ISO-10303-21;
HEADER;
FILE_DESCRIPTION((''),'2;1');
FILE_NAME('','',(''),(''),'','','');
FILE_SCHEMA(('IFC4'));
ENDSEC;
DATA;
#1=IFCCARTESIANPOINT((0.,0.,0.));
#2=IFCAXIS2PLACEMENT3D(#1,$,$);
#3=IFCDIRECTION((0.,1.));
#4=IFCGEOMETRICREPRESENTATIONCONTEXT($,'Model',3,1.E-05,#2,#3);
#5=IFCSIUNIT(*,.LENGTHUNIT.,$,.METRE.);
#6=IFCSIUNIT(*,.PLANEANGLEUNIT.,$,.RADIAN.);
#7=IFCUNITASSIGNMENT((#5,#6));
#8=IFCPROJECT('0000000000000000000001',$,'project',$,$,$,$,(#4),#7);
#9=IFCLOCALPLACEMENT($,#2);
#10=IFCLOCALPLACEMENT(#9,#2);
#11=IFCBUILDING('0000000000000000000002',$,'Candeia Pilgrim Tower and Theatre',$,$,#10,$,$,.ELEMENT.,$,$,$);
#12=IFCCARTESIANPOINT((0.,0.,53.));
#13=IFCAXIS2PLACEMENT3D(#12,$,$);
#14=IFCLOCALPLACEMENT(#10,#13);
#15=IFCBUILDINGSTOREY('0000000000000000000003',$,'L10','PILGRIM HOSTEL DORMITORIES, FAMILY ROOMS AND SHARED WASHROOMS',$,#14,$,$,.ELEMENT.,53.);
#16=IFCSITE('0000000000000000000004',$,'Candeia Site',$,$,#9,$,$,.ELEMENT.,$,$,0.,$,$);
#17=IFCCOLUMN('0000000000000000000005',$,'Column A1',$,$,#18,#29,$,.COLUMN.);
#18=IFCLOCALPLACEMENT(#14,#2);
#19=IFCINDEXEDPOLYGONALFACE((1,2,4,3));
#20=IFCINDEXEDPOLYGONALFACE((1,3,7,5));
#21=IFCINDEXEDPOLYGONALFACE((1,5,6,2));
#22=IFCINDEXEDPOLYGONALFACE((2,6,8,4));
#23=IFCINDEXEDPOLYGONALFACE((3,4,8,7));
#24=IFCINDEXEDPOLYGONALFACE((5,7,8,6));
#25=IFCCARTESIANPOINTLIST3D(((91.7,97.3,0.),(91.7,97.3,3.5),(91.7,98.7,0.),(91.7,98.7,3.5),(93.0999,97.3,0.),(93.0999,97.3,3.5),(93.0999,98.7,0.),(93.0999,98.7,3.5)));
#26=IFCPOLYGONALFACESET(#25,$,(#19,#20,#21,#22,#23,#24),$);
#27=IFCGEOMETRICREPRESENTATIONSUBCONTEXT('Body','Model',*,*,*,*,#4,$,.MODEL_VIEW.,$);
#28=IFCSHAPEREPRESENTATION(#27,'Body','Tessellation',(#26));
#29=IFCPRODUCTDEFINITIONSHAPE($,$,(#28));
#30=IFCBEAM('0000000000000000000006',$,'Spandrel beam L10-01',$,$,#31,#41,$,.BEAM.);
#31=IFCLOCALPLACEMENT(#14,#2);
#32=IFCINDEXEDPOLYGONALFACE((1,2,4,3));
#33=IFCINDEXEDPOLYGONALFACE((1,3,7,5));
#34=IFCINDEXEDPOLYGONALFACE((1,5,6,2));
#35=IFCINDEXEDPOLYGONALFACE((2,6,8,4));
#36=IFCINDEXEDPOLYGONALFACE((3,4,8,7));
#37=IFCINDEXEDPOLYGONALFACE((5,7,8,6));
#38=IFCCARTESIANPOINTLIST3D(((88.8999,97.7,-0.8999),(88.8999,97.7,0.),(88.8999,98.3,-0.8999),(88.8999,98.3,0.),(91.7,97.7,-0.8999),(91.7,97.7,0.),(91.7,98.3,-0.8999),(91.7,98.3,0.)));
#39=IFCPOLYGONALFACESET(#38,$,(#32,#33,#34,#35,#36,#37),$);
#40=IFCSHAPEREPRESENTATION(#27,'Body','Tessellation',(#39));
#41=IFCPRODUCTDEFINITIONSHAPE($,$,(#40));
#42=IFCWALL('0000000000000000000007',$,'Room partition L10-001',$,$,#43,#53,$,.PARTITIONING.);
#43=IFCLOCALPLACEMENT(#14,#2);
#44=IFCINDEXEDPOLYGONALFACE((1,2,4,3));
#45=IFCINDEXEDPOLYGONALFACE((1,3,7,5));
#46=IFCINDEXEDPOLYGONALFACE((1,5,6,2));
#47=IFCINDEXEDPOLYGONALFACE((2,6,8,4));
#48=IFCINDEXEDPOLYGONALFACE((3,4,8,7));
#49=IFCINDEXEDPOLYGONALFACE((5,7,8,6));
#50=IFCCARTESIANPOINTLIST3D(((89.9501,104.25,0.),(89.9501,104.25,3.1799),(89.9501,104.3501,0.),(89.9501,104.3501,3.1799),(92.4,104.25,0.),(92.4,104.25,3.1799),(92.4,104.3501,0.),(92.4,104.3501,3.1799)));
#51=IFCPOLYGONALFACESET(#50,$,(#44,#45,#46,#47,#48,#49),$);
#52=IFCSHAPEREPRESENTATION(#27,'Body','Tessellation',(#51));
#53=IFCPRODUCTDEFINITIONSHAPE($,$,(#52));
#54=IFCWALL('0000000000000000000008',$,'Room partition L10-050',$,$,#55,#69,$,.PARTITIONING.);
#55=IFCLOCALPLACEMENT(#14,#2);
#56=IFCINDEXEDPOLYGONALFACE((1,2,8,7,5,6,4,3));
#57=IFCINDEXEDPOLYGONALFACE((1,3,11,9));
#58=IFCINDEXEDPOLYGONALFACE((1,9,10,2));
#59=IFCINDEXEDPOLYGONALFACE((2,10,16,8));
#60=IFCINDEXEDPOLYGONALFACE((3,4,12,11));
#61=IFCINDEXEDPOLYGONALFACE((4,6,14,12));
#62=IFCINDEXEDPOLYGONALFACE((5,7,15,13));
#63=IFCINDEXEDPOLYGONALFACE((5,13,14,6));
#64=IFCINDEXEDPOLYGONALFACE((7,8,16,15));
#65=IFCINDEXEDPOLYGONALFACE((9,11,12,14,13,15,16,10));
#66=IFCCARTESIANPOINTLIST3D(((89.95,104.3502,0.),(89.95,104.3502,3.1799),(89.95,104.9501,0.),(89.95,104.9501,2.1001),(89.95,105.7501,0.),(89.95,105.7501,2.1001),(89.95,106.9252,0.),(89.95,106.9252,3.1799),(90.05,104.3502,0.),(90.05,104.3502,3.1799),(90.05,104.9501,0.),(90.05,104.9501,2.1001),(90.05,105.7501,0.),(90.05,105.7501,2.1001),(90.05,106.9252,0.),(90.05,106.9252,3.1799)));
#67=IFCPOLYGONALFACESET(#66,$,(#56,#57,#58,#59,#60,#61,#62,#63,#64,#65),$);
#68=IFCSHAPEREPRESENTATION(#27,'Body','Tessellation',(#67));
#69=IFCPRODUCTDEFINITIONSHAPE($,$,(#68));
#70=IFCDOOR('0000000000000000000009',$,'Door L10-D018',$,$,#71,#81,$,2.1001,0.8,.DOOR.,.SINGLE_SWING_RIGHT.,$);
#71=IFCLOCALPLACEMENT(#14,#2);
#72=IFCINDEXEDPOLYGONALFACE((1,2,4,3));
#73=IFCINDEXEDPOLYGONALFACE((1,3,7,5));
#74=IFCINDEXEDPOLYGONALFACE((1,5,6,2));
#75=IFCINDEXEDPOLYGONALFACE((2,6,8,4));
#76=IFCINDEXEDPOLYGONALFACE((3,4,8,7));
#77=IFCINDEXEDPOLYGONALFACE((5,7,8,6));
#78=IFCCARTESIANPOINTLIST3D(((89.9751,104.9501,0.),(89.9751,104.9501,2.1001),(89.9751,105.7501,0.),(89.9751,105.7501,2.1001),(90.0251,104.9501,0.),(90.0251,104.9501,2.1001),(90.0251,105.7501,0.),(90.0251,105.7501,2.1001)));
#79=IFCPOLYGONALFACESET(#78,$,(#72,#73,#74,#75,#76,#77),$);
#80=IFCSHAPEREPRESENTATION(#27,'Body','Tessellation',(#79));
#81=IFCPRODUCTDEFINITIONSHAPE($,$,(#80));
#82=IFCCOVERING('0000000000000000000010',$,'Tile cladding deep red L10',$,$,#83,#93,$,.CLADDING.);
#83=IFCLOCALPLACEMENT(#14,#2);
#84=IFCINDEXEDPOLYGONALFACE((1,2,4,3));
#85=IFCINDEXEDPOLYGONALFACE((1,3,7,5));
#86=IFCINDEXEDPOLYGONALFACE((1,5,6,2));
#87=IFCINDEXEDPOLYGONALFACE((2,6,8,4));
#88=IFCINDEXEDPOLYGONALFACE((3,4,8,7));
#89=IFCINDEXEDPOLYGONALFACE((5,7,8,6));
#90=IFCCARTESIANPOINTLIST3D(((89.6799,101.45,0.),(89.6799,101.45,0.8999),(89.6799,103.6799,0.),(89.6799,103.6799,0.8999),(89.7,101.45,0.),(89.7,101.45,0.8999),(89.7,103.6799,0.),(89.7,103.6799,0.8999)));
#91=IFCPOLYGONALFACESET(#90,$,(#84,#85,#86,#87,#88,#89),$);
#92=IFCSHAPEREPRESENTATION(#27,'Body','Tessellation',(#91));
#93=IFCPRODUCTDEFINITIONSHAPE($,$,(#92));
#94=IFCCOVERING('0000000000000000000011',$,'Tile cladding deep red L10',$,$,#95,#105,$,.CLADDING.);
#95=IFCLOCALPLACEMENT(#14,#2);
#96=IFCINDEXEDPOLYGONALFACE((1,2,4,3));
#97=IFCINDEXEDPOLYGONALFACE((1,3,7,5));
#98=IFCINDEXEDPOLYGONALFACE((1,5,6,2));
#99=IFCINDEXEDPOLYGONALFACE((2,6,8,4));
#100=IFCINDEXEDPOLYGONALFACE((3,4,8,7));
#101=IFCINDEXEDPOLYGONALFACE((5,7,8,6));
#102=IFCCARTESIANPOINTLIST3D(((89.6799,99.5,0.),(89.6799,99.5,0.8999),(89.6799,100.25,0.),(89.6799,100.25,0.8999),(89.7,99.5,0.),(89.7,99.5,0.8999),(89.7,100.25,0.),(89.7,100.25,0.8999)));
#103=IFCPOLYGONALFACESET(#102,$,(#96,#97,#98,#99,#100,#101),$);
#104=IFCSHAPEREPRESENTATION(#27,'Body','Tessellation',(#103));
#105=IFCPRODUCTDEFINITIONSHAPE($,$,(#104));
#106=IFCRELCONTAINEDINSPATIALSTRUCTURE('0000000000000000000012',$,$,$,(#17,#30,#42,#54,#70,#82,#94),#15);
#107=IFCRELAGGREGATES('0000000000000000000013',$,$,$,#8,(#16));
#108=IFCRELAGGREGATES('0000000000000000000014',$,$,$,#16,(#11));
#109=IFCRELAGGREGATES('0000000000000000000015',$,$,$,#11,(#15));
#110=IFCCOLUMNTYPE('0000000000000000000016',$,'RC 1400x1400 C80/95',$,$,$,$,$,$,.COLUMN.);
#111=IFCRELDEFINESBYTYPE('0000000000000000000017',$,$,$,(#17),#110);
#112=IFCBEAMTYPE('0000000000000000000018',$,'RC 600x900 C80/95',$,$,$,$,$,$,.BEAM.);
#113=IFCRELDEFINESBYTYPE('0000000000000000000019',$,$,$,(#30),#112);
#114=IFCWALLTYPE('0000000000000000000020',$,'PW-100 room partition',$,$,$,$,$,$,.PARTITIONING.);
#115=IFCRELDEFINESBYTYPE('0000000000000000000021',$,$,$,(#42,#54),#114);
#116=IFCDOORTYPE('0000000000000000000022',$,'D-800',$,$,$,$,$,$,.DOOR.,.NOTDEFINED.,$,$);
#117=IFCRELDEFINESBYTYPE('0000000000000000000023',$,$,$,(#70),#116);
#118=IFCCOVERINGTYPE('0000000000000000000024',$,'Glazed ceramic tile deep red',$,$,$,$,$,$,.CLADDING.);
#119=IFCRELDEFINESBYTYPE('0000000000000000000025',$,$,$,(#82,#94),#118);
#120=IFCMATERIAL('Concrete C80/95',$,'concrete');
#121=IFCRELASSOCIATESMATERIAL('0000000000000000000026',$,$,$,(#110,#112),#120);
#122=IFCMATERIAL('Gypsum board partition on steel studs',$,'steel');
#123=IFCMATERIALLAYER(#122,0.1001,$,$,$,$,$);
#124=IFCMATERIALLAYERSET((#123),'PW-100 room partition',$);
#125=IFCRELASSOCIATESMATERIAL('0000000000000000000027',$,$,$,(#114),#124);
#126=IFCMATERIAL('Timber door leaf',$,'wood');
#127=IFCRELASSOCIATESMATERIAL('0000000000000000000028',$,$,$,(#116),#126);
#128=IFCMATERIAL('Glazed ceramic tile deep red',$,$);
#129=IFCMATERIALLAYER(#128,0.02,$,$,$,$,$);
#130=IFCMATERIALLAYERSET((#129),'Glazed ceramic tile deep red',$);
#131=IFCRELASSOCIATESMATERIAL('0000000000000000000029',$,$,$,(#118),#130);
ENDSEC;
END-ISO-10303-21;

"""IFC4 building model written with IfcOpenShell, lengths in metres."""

from ifc_helpers import new_model, si_unit, direction, frame, frame_2d, origin, origin_2d, place, context, subcontext, project, spatial, rectangle, extrude, material, layer, layer_set, material_profile, profile_set, type_object, element, fill, save


model = new_model("IFC4")

# Units and contexts
model_context = context("Model", 3, precision=1e-05, world=origin(), true_north=direction((0.0, 1.0)))
body_context = subcontext(model_context, "Body", "Model", "MODEL_VIEW")
ifc_project = project(units=[si_unit("LENGTHUNIT", "METRE"), si_unit("PLANEANGLEUNIT", "RADIAN")], contexts=[model_context])

# Site, building, storey
site_placement = place(None, origin())
site = spatial("IfcSite", under=ifc_project, at=site_placement, Name="Candeia Site", CompositionType="ELEMENT", RefElevation=0.0)
building_placement = place(site_placement, origin())
building = spatial("IfcBuilding", under=site, at=building_placement, Name="Candeia Pilgrim Tower and Theatre", CompositionType="ELEMENT")
storey_placement = place(building_placement, frame((0.0, 0.0, 53.0)))
storey = spatial("IfcBuildingStorey", under=building, at=storey_placement, Name="L10", Description="PILGRIM HOSTEL DORMITORIES, FAMILY ROOMS AND SHARED WASHROOMS", CompositionType="ELEMENT", Elevation=53.0)

# Column
ifc_material_1 = material(Name="Concrete C80/95", Category="concrete")
ifc_material_profile_1 = material_profile(ifc_material_1, rectangle(XDim=1.3999, YDim=1.3999, at=origin_2d()))
ifc_profile_set_1 = profile_set([ifc_material_profile_1], Name="Concrete C80/95")
column_type = type_object("IfcColumnType", Name="RC 1400x1400 C80/95", PredefinedType="COLUMN", material=ifc_profile_set_1)
column_placement = place(storey_placement, frame((92.3999, 98.0, 0.0), z_axis=(0.0, 0.0, 1.0), x_axis=(1.0, 0.0, 0.0)))
element("IfcColumn", 1, at=column_placement, inside=storey, type_object=column_type, Name="Column A1", PredefinedType="COLUMN", context=body_context, shape_type="SweptSolid", body=[
    extrude(rectangle(XDim=1.3999, YDim=1.3999, at=origin_2d()), origin(), (0.0, 0.0, 1.0), 3.5),
])

# Beam
ifc_material_profile_2 = material_profile(ifc_material_1, rectangle(XDim=0.6001, YDim=0.8999, at=origin_2d()))
ifc_profile_set_2 = profile_set([ifc_material_profile_2], Name="Concrete C80/95")
beam_type = type_object("IfcBeamType", Name="RC 600x900 C80/95", PredefinedType="BEAM", material=ifc_profile_set_2)
beam_placement = place(storey_placement, frame((88.8999, 98.0, -0.45), z_axis=(1.0, 0.0, 0.0), x_axis=(0.0, 1.0, 0.0)))
element("IfcBeam", 2, at=beam_placement, inside=storey, type_object=beam_type, Name="Spandrel beam L10-01", PredefinedType="BEAM", context=body_context, shape_type="SweptSolid", body=[
    extrude(rectangle(XDim=0.6001, YDim=0.8999, at=origin_2d()), origin(), (0.0, 0.0, 1.0), 2.8),
])

# Wall
ifc_material_2 = material(Name="Gypsum board partition on steel studs", Category="steel")
ifc_layer_1 = layer(ifc_material_2, 0.1001)
ifc_layer_set_1 = layer_set([ifc_layer_1], Name="PW-100 room partition")
wall_type_1 = type_object("IfcWallType", Name="PW-100 room partition", PredefinedType="PARTITIONING", material=ifc_layer_set_1)
wall_1_placement = place(storey_placement, frame((89.95, 104.3, 0.0), z_axis=(0.0, 0.0, 1.0), x_axis=(1.0, 0.0, 0.0)))
element("IfcWall", 3, at=wall_1_placement, inside=storey, type_object=wall_type_1, Name="Room partition L10-001", PredefinedType="PARTITIONING", context=body_context, shape_type="SweptSolid", body=[
    extrude(rectangle(XDim=2.45, YDim=0.1001, at=frame_2d((1.2251, 0.0))), origin(), (0.0, 0.0, 1.0), 3.1799),
])

# Wall, opening, door
wall_2_placement = place(storey_placement, frame((90.0, 104.3501, 0.0), z_axis=(0.0, 0.0, 1.0), x_axis=(0.0, 1.0, 0.0)))
wall_2 = element("IfcWall", 4, at=wall_2_placement, inside=storey, type_object=wall_type_1, Name="Room partition L10-050", PredefinedType="PARTITIONING", context=body_context, shape_type="SweptSolid", body=[
    extrude(rectangle(XDim=2.575, YDim=0.1001, at=frame_2d((1.2876, 0.0))), origin(), (0.0, 0.0, 1.0), 3.1799),
])
opening_1_placement = place(wall_2_placement, frame((0.6001, 0.0, 0.0)))
opening_1 = element("IfcOpeningElement", 5, at=opening_1_placement, cuts=wall_2, PredefinedType="OPENING", context=body_context, shape_type="SweptSolid", body=[
    extrude(rectangle(XDim=0.8, YDim=2.1001, at=frame_2d((0.3999, 1.05))), frame((0.0, 0.0601, 0.0), z_axis=(0.0, -1.0, 0.0), x_axis=(1.0, 0.0, 0.0)), (0.0, 0.0, 1.0), 0.1201),
])
ifc_material_3 = material(Name="Timber door leaf", Category="wood")
door_type_1 = type_object("IfcDoorType", Name="D-800", OperationType="NOTDEFINED", PredefinedType="DOOR", material=ifc_material_3)
door_1_placement = place(opening_1_placement, origin())
door_1 = element("IfcDoor", 6, at=door_1_placement, inside=storey, type_object=door_type_1, Name="Door L10-D018", OperationType="SINGLE_SWING_RIGHT", OverallHeight=2.1001, OverallWidth=0.8, PredefinedType="DOOR", context=body_context, shape_type="SweptSolid", body=[
    extrude(rectangle(XDim=0.8, YDim=2.1001, at=frame_2d((0.3999, 1.05))), frame((0.0, 0.0249, 0.0), z_axis=(0.0, -1.0, 0.0), x_axis=(1.0, 0.0, 0.0)), (0.0, 0.0, 1.0), 0.05),
])
fill(opening_1, door_1)

# Coverings
ifc_material_4 = material(Name="Glazed ceramic tile deep red")
ifc_layer_2 = layer(ifc_material_4, 0.02)
ifc_layer_set_2 = layer_set([ifc_layer_2], Name="Glazed ceramic tile deep red")
covering_type = type_object("IfcCoveringType", Name="Glazed ceramic tile deep red", PredefinedType="CLADDING", material=ifc_layer_set_2)
covering_1_placement = place(storey_placement, frame((89.6899, 102.5649, 0.0), z_axis=(0.0, 0.0, 1.0), x_axis=(0.0, -1.0, 0.0)))
element("IfcCovering", 7, at=covering_1_placement, inside=storey, type_object=covering_type, Name="Tile cladding deep red L10", PredefinedType="CLADDING", context=body_context, shape_type="SweptSolid", body=[
    extrude(rectangle(XDim=2.23, YDim=0.02, at=origin_2d()), origin(), (0.0, 0.0, 1.0), 0.8999),
])
covering_2_placement = place(storey_placement, frame((89.6899, 99.875, 0.0), z_axis=(0.0, 0.0, 1.0), x_axis=(0.0, -1.0, 0.0)))
element("IfcCovering", 8, at=covering_2_placement, inside=storey, type_object=covering_type, Name="Tile cladding deep red L10", PredefinedType="CLADDING", context=body_context, shape_type="SweptSolid", body=[
    extrude(rectangle(XDim=0.75, YDim=0.02, at=origin_2d()), origin(), (0.0, 0.0, 1.0), 0.8999),
])

save(model, "model.ifc")
